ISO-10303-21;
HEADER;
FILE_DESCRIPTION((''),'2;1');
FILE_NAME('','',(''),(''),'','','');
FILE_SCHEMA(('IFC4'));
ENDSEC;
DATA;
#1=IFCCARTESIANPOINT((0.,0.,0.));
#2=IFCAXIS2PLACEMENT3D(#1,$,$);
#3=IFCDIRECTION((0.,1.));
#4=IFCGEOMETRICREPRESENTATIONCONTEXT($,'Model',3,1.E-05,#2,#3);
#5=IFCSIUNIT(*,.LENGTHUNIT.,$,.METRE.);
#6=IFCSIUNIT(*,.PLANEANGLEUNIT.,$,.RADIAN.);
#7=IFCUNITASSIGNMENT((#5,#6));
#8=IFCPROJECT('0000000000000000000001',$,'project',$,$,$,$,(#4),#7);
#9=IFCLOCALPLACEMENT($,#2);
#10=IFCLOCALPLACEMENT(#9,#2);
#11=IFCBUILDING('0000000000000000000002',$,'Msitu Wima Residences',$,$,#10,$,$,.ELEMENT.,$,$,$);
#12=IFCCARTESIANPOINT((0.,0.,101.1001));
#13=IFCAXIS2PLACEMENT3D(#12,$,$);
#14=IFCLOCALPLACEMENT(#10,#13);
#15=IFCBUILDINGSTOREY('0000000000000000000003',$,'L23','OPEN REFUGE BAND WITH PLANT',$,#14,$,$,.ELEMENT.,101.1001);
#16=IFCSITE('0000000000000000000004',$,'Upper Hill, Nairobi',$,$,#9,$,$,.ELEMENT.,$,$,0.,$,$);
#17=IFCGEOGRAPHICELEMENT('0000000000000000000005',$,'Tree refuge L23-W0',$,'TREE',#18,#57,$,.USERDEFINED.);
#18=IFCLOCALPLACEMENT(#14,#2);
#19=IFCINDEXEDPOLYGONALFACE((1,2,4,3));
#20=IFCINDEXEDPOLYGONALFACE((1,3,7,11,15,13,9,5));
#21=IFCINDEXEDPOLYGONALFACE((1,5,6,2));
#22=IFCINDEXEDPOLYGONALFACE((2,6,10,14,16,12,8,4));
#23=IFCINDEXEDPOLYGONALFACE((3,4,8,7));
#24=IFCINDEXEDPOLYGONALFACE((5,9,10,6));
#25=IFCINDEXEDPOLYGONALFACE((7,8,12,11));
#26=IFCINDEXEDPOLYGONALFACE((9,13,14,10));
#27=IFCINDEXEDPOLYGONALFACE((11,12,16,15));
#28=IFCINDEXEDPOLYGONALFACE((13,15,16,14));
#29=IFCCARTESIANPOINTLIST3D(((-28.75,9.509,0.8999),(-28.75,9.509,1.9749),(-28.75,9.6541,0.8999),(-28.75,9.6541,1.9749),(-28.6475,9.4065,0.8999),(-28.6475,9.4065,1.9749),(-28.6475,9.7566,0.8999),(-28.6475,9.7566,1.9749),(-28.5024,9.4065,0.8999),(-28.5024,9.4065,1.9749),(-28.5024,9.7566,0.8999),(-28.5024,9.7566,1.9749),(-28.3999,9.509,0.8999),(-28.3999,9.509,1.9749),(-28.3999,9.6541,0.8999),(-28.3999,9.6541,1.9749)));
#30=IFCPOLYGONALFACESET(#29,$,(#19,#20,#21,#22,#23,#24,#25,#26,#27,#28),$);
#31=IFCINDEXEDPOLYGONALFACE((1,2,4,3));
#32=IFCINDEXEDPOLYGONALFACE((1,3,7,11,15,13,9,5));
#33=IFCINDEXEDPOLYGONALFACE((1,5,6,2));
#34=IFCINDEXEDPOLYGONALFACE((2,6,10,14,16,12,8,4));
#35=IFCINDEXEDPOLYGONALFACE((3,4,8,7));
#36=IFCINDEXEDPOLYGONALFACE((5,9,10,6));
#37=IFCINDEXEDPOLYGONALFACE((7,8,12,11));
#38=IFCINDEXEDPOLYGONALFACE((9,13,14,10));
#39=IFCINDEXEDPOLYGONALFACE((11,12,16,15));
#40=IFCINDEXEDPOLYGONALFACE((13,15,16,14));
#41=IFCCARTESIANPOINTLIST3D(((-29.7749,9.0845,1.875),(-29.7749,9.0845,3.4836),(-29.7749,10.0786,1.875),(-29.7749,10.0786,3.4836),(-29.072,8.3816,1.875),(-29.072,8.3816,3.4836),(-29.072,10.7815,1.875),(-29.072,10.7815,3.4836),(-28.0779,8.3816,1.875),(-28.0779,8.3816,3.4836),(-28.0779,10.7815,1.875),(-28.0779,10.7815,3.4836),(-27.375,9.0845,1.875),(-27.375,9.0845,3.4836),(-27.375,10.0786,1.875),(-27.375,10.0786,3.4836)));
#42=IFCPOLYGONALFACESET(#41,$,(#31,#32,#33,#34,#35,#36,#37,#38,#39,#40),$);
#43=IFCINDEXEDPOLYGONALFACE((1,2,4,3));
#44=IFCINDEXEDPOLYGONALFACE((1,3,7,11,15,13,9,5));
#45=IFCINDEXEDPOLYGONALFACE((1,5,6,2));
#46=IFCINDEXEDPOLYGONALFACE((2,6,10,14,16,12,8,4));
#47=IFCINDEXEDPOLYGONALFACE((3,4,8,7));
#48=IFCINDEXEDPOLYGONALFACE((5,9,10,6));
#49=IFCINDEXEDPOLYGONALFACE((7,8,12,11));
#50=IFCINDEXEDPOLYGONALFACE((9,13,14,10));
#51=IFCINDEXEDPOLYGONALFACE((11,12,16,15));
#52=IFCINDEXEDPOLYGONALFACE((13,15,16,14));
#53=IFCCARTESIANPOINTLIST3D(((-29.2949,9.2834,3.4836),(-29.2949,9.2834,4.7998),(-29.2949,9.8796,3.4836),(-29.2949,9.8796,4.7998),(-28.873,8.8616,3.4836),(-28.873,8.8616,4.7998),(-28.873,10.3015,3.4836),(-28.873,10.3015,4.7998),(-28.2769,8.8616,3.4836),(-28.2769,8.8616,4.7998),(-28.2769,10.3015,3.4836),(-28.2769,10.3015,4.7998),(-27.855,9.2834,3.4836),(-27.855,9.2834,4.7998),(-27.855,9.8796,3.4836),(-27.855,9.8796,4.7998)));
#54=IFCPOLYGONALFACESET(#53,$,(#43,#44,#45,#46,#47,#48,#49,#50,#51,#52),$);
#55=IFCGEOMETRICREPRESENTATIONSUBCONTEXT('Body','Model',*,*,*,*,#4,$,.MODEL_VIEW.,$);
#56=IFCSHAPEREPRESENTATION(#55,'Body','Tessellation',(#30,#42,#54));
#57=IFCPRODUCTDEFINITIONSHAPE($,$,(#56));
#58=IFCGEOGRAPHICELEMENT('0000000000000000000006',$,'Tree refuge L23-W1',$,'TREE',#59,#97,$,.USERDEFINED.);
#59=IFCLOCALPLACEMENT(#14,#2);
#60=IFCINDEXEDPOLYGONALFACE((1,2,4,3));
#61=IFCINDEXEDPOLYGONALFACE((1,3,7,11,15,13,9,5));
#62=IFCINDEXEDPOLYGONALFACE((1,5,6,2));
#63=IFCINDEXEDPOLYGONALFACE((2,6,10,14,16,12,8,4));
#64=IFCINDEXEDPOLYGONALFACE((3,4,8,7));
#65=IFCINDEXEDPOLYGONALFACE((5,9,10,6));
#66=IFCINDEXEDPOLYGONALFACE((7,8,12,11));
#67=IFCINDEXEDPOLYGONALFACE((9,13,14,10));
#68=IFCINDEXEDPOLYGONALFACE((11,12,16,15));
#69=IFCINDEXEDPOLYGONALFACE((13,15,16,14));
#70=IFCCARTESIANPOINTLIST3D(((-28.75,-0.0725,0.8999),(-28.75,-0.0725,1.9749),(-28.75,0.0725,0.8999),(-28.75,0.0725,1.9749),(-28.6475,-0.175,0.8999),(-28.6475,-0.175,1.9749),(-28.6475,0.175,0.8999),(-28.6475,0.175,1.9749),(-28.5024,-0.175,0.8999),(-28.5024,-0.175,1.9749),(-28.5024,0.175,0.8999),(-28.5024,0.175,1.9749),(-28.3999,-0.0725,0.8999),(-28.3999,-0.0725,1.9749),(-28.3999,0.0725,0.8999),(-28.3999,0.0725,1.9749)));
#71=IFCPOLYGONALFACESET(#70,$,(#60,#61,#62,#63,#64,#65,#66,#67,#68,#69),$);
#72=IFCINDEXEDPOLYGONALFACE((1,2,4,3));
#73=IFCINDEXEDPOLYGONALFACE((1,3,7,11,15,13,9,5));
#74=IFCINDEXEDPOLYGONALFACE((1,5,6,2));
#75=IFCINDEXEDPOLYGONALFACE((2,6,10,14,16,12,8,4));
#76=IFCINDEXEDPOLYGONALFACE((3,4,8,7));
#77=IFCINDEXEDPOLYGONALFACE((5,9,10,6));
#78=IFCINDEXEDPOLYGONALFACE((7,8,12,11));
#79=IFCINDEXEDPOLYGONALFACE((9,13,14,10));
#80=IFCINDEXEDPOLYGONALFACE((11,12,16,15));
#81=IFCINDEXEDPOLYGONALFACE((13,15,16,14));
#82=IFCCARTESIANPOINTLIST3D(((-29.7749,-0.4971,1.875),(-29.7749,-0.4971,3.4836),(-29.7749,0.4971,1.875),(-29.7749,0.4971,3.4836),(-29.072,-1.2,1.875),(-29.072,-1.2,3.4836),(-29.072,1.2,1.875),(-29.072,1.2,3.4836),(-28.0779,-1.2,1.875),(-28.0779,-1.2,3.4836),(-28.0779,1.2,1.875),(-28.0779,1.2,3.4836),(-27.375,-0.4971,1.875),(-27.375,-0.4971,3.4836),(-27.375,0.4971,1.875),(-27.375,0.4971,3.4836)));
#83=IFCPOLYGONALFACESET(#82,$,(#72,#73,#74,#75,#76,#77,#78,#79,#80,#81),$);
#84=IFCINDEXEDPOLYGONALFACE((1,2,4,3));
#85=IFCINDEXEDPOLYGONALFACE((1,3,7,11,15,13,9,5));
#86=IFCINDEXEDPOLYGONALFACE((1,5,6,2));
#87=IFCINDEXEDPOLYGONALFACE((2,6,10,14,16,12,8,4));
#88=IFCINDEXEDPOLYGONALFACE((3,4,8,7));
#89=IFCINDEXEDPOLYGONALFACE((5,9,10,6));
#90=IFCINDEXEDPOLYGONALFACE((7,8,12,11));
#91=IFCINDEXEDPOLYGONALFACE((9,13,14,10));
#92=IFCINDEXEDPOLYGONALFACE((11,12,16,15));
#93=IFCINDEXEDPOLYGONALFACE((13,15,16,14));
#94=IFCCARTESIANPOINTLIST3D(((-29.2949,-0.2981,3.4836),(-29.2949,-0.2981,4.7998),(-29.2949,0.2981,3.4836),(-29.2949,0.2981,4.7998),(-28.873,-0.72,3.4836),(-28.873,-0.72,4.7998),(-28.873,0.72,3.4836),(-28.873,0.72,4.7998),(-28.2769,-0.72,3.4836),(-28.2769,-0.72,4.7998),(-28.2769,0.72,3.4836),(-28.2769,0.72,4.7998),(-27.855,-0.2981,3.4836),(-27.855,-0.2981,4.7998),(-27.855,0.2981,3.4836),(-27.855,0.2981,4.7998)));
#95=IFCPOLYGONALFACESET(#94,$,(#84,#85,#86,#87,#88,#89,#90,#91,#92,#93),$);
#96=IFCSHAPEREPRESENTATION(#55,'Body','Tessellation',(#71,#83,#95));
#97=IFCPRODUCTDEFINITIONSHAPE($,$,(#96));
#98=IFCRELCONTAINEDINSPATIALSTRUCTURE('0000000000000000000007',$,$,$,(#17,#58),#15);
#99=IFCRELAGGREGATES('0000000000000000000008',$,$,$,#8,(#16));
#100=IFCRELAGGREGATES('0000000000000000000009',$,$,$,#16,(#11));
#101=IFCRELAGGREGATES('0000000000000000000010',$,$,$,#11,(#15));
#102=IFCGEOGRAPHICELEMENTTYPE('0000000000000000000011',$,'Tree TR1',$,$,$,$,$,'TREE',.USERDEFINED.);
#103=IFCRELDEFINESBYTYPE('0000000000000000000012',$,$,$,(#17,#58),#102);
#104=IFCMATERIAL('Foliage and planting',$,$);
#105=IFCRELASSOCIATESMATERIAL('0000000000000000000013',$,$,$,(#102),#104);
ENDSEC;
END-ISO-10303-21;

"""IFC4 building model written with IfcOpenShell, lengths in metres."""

from ifc_helpers import new_model, si_unit, direction, frame, origin, place, context, subcontext, project, spatial, polyline, outline, extrude, material, type_object, element, save


model = new_model("IFC4")

# Units and contexts
model_context = context("Model", 3, precision=1e-05, world=origin(), true_north=direction((0.0, 1.0)))
body_context = subcontext(model_context, "Body", "Model", "MODEL_VIEW")
ifc_project = project(units=[si_unit("LENGTHUNIT", "METRE"), si_unit("PLANEANGLEUNIT", "RADIAN")], contexts=[model_context])

# Site, building, storey
site_placement = place(None, origin())
site = spatial("IfcSite", under=ifc_project, at=site_placement, Name="Upper Hill, Nairobi", CompositionType="ELEMENT", RefElevation=0.0)
building_placement = place(site_placement, origin())
building = spatial("IfcBuilding", under=site, at=building_placement, Name="Msitu Wima Residences", CompositionType="ELEMENT")
storey_placement = place(building_placement, frame((0.0, 0.0, 101.1001)))
storey = spatial("IfcBuildingStorey", under=building, at=storey_placement, Name="L23", Description="OPEN REFUGE BAND WITH PLANT", CompositionType="ELEMENT", Elevation=101.1001)

# Geographic elements
ifc_material_1 = material(Name="Foliage and planting")
geographic_element_type = type_object("IfcGeographicElementType", Name="Tree TR1", ElementType="TREE", PredefinedType="USERDEFINED", material=ifc_material_1)
for number, where, z_axis, x_axis, name in (
    (1, (-28.575, 9.5815, 0.8999), (0.0, 0.0, 1.0), (1.0, 0.0, 0.0), "Tree refuge L23-W0"),
    (2, (-28.575, 0.0, 0.8999), (0.0, 0.0, 1.0), (1.0, 0.0, 0.0), "Tree refuge L23-W1"),
):
    element("IfcGeographicElement", number, at=place(storey_placement, frame(where, z_axis=z_axis, x_axis=x_axis)), inside=storey, type_object=geographic_element_type, Name=name, ObjectType="TREE", PredefinedType="USERDEFINED", context=body_context, shape_type="SweptSolid", body=[
        extrude(outline(polyline([(0.175, 0.0725), (0.0725, 0.175), (-0.0725, 0.175), (-0.175, 0.0725), (-0.175, -0.0725), (-0.0725, -0.175), (0.0725, -0.175), (0.175, -0.0725), (0.175, 0.0725)])), origin(), (0.0, 0.0, 1.0), 1.075),
        extrude(outline(polyline([(1.2, 0.4971), (0.4971, 1.2), (-0.4971, 1.2), (-1.2, 0.4971), (-1.2, -0.4971), (-0.4971, -1.2), (0.4971, -1.2), (1.2, -0.4971), (1.2, 0.4971)])), frame((0.0, 0.0, 0.9751)), (0.0, 0.0, 1.0), 1.6086),
        extrude(outline(polyline([(0.72, 0.2981), (0.2981, 0.72), (-0.2981, 0.72), (-0.72, 0.2981), (-0.72, -0.2981), (-0.2981, -0.72), (0.2981, -0.72), (0.72, -0.2981), (0.72, 0.2981)])), frame((0.0, 0.0, 2.5837)), (0.0, 0.0, 1.0), 1.3162),
    ])

save(model, "model.ifc")
